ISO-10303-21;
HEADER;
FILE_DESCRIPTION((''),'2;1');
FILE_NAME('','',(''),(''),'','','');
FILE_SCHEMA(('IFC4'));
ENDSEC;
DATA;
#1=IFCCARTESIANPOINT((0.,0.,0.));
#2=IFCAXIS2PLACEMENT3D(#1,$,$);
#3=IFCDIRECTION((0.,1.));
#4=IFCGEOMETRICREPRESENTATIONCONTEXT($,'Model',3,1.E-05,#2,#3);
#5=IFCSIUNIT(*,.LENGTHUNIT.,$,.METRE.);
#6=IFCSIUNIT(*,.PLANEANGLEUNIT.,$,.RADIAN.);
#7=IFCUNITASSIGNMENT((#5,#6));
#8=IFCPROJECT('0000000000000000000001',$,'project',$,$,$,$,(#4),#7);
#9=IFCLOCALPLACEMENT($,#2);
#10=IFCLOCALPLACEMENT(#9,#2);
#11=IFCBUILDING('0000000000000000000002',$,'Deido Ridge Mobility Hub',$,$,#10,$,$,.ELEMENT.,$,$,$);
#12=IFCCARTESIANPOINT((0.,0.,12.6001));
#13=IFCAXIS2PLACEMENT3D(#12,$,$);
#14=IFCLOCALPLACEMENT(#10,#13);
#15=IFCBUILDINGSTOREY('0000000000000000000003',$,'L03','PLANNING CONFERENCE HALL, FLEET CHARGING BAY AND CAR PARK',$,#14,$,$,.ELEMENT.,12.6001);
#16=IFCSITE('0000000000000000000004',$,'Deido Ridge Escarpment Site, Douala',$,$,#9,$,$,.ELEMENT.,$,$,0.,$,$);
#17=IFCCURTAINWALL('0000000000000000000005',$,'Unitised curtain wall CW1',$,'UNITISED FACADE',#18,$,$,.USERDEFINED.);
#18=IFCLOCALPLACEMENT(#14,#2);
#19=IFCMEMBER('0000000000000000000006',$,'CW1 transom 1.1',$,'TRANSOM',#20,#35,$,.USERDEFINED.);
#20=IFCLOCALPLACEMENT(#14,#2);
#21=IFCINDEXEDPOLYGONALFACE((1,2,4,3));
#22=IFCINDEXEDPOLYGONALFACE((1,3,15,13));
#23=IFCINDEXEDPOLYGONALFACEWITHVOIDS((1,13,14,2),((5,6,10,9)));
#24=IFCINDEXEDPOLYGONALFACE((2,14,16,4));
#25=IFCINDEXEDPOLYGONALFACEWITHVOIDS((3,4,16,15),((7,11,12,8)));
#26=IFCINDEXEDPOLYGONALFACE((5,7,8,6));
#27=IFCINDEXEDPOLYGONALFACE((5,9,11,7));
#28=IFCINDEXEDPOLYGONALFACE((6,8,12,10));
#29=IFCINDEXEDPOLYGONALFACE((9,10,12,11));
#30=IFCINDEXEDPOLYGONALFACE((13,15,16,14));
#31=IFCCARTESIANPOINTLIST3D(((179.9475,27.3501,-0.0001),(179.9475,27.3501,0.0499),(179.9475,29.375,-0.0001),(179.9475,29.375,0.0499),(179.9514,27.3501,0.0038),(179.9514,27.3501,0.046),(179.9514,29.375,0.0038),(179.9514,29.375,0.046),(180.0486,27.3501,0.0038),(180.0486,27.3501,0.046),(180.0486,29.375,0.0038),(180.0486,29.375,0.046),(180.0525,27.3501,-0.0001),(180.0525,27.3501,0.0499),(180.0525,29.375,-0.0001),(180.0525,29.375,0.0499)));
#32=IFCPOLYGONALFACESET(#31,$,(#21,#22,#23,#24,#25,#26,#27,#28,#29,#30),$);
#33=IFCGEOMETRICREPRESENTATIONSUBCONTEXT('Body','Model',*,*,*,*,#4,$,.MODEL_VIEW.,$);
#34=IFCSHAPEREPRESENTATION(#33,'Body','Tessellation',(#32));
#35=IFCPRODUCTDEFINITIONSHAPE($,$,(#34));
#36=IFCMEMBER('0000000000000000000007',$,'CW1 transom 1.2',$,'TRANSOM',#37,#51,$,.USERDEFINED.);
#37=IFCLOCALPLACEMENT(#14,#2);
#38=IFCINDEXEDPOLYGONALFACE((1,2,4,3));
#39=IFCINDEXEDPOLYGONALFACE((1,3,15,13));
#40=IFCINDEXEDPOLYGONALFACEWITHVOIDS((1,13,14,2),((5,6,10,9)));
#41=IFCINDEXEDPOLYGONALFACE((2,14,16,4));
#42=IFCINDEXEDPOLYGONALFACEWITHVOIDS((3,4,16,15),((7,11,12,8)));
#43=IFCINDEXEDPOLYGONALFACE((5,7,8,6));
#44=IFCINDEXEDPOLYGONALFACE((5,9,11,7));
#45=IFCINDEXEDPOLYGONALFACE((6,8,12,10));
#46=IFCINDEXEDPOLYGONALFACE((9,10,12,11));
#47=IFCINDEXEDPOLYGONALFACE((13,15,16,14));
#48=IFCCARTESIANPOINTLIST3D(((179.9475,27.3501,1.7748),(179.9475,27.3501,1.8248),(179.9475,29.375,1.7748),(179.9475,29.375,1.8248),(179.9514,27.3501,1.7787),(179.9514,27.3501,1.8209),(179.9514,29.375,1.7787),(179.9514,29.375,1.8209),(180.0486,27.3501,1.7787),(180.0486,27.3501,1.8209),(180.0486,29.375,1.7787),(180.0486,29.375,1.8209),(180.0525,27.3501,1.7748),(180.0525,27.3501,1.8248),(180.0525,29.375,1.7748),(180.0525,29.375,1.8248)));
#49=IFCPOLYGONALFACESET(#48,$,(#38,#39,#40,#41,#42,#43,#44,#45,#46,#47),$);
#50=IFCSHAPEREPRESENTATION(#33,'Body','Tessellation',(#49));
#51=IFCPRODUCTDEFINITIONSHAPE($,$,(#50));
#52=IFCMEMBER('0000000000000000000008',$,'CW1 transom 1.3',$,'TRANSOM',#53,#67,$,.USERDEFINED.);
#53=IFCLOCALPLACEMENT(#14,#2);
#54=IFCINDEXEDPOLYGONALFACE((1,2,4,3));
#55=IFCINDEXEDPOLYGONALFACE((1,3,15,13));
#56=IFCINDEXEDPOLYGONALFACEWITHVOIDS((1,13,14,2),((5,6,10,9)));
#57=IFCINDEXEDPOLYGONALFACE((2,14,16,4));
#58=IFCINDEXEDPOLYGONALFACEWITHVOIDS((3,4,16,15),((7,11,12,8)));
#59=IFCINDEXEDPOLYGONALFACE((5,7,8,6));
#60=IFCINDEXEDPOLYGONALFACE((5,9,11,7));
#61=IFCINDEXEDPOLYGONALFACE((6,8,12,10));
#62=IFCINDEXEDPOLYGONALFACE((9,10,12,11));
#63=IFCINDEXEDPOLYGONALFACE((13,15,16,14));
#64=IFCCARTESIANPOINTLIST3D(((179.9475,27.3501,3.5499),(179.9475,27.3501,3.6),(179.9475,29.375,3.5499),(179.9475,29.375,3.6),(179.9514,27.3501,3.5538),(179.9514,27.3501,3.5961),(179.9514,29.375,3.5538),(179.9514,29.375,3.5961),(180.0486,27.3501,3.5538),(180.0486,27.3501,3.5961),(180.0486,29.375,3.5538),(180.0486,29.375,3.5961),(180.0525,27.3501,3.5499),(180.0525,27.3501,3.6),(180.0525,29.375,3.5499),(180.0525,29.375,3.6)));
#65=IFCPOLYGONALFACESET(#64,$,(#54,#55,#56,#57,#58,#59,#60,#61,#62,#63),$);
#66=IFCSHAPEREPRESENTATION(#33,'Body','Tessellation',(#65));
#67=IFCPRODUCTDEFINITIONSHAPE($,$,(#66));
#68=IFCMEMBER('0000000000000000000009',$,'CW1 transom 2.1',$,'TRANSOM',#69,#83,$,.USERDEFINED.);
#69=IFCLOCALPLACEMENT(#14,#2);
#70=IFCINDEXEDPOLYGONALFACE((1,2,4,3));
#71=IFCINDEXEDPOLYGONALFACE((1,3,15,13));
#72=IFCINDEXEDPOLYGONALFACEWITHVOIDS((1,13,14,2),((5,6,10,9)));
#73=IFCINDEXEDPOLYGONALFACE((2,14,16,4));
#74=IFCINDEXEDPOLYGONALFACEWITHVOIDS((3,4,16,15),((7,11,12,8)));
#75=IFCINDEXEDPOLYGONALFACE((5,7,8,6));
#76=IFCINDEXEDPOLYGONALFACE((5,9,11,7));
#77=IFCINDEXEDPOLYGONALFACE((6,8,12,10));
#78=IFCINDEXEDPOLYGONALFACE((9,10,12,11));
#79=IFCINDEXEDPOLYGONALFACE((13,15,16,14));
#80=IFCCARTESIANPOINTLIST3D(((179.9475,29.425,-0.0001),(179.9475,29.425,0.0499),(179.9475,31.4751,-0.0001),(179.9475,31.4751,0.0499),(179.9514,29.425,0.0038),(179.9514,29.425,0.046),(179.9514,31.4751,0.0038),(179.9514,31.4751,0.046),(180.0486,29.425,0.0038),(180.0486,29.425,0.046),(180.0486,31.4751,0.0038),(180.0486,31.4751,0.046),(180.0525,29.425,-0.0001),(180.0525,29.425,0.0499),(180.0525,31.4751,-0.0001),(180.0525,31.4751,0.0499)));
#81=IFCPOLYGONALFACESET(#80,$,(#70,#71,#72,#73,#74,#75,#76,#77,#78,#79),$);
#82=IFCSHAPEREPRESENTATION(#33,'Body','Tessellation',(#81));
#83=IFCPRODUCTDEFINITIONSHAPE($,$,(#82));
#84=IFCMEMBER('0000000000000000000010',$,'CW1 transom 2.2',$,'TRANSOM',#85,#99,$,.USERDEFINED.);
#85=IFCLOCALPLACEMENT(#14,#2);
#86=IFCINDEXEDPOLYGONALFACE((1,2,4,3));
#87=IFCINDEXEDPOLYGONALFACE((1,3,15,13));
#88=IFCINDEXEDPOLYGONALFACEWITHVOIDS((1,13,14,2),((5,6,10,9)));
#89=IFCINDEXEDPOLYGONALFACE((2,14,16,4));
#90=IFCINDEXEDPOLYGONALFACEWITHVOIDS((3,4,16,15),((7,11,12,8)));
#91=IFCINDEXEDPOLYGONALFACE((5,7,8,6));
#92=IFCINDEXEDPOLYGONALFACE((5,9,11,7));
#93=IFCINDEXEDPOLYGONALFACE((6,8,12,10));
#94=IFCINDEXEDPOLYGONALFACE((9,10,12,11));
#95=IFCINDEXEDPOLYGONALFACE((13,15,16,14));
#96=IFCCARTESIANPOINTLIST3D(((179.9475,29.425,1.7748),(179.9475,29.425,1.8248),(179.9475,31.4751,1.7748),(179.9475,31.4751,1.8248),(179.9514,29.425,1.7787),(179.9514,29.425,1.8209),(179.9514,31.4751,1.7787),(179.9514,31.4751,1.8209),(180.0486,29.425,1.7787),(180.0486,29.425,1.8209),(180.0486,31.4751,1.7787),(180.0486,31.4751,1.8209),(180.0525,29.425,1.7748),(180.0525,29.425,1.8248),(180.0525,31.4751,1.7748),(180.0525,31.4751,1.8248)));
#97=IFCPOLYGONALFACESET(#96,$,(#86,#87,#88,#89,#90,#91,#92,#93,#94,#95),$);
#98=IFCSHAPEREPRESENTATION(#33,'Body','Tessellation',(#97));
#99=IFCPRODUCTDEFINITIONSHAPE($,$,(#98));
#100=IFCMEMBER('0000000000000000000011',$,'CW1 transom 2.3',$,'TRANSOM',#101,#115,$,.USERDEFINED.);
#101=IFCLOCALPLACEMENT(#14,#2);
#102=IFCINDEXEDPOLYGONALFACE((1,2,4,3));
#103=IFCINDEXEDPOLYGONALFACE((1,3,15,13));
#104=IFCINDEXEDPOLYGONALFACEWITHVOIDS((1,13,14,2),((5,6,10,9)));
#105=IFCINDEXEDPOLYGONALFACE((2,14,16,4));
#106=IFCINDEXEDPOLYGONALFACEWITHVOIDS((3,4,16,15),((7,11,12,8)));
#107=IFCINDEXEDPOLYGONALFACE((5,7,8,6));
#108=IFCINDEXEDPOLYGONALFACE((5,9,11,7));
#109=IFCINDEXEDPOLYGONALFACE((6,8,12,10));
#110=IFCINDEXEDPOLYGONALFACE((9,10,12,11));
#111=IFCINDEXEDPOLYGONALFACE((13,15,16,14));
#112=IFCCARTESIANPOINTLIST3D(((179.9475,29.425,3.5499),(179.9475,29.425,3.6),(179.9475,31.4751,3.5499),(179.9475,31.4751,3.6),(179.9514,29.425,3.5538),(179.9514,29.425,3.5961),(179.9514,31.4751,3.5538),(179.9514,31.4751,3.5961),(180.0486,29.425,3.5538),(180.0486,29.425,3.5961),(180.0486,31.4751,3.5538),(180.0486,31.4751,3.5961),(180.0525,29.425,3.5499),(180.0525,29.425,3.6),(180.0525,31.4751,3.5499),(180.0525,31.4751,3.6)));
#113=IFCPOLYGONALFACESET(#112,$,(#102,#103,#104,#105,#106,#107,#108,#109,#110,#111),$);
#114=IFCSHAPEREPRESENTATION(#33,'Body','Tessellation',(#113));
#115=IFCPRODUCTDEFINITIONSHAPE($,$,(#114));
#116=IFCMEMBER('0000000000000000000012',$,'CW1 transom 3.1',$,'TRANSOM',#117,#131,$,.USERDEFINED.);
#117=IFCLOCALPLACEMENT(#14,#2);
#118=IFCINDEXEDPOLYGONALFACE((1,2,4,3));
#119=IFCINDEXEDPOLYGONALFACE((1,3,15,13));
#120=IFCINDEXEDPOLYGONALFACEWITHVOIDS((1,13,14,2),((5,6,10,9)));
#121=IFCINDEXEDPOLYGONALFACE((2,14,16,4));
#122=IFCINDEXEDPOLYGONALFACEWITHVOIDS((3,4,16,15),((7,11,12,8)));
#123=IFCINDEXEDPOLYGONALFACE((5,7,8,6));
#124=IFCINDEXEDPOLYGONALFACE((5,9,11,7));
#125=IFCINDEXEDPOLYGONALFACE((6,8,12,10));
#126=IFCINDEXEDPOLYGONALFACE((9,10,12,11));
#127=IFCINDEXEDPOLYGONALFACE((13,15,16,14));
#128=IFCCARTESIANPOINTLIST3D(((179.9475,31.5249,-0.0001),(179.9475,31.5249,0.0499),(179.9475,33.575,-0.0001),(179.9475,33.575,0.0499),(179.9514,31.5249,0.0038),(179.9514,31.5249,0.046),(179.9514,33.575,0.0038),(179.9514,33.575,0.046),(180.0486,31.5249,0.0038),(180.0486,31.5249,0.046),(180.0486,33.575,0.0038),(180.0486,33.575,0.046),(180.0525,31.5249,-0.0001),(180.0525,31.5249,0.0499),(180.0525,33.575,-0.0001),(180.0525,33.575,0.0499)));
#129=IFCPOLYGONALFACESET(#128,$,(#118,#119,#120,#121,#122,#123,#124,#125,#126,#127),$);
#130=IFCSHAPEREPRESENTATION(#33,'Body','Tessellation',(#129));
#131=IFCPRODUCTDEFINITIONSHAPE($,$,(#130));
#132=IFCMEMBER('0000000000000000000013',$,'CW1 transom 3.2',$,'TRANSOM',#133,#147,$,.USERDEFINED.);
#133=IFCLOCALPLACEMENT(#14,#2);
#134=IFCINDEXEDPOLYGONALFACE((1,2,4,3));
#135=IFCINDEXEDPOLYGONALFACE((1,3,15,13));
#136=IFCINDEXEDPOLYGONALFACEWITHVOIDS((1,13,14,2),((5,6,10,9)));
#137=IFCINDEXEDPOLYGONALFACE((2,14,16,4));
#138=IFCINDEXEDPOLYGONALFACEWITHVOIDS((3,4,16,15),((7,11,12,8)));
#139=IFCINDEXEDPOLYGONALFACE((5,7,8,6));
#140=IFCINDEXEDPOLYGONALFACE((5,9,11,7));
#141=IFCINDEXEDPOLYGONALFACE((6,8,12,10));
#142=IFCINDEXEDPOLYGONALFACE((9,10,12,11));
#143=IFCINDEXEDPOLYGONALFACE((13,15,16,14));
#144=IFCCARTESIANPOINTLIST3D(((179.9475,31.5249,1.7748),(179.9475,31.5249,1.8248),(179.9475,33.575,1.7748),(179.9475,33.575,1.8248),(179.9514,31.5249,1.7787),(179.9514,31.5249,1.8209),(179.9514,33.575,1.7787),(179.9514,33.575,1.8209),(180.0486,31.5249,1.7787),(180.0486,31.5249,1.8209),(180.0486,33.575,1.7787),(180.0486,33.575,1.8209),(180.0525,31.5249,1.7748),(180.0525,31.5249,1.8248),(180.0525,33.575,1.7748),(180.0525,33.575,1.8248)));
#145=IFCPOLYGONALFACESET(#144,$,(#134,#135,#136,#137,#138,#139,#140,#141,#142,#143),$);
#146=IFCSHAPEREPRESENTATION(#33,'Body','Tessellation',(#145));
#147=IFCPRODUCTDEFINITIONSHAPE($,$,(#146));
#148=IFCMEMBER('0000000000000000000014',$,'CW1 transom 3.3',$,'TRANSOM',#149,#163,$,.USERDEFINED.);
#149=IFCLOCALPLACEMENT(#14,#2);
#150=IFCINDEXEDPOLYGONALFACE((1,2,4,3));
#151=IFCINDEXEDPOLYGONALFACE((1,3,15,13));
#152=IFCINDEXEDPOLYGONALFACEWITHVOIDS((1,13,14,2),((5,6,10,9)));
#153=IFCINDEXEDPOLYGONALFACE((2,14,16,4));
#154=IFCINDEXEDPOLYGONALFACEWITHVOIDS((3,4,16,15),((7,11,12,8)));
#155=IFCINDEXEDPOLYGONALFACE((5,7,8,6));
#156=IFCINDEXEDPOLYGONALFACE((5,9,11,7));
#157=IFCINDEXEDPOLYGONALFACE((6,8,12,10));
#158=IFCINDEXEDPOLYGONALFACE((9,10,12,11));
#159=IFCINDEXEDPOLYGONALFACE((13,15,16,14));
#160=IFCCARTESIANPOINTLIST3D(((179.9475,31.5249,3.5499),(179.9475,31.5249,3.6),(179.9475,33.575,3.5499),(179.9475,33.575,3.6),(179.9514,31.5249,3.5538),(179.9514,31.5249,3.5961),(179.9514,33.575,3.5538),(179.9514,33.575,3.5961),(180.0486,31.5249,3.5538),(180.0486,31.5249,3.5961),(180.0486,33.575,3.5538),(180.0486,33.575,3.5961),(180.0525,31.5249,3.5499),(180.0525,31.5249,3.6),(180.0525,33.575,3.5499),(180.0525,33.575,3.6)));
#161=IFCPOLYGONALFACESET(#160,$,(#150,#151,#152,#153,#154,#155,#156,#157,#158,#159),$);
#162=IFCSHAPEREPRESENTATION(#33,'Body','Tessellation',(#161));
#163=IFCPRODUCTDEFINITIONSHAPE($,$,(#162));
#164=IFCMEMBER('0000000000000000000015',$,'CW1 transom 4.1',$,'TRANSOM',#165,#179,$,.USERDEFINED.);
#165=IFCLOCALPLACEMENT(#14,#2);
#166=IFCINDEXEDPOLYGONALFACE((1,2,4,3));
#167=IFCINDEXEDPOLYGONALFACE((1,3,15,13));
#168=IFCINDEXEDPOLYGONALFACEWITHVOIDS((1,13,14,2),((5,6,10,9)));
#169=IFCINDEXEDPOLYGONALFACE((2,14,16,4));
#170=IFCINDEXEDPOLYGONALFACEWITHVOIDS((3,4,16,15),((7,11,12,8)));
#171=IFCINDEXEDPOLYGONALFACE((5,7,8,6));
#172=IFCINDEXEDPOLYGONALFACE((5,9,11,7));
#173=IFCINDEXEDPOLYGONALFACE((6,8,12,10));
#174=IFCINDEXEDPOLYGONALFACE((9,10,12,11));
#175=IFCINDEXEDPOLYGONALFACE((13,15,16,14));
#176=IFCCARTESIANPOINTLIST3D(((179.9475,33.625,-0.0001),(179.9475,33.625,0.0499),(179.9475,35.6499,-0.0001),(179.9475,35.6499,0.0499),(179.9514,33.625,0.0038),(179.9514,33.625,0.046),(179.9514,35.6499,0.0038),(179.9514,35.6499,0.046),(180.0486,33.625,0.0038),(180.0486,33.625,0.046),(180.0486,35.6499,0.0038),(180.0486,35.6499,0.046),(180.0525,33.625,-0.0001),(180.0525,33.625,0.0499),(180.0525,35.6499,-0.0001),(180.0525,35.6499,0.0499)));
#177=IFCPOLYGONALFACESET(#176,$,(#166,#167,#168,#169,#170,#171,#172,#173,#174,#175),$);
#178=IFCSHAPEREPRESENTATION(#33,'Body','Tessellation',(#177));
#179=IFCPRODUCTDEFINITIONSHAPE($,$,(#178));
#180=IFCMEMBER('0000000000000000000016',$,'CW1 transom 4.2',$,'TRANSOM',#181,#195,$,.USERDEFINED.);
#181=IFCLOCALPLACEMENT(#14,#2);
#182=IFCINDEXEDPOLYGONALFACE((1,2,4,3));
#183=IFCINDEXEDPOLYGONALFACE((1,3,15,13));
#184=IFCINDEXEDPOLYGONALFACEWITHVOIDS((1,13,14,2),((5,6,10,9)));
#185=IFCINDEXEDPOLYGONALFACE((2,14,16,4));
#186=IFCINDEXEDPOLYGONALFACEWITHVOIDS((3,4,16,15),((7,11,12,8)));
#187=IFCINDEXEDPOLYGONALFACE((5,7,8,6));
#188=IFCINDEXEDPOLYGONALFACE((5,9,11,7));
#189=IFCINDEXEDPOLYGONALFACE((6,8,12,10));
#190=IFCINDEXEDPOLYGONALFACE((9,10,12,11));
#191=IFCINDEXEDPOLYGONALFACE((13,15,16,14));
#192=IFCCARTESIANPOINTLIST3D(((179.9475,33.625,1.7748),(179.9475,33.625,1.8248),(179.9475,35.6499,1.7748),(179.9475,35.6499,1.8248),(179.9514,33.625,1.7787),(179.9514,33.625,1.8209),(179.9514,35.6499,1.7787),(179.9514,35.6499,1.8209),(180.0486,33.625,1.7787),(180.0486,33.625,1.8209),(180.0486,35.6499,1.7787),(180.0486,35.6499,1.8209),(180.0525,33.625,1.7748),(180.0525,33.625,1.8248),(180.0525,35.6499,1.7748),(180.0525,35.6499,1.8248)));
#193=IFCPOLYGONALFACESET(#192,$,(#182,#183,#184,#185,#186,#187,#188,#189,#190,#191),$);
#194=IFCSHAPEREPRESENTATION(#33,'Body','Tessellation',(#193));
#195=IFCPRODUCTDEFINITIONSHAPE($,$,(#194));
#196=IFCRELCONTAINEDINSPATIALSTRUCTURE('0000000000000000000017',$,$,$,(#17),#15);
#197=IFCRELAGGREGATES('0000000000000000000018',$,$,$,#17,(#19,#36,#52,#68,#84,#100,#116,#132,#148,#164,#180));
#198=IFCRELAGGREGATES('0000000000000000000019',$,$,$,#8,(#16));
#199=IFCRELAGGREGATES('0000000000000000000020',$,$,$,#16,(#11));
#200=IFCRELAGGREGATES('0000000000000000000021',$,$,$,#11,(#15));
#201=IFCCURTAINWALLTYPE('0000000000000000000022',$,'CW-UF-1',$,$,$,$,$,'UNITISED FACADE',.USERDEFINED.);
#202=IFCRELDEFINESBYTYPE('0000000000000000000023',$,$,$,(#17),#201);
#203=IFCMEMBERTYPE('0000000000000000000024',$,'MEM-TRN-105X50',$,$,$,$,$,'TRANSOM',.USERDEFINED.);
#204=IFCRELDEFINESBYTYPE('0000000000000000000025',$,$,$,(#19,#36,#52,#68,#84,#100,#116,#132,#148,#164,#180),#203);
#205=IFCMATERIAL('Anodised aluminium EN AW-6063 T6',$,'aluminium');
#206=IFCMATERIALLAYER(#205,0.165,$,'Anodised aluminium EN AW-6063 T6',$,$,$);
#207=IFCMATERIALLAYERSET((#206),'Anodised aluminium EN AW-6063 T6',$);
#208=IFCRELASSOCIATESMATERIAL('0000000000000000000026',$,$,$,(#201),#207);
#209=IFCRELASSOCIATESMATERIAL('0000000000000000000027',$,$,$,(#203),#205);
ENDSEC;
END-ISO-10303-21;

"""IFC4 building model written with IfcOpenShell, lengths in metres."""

from ifc_helpers import new_model, si_unit, direction, frame, origin, origin_2d, place, context, subcontext, project, spatial, hollow_rectangle, extrude, material, layer, layer_set, material_profile, profile_set, type_object, element, aggregate, save


model = new_model("IFC4")

# Units and contexts
model_context = context("Model", 3, precision=1e-05, world=origin(), true_north=direction((0.0, 1.0)))
body_context = subcontext(model_context, "Body", "Model", "MODEL_VIEW")
ifc_project = project(units=[si_unit("LENGTHUNIT", "METRE"), si_unit("PLANEANGLEUNIT", "RADIAN")], contexts=[model_context])

# Site, building, storey
site_placement = place(None, origin())
site = spatial("IfcSite", under=ifc_project, at=site_placement, Name="Deido Ridge Escarpment Site, Douala", CompositionType="ELEMENT", RefElevation=0.0)
building_placement = place(site_placement, origin())
building = spatial("IfcBuilding", under=site, at=building_placement, Name="Deido Ridge Mobility Hub", CompositionType="ELEMENT")
storey_placement = place(building_placement, frame((0.0, 0.0, 12.6001)))
storey = spatial("IfcBuildingStorey", under=building, at=storey_placement, Name="L03", Description="PLANNING CONFERENCE HALL, FLEET CHARGING BAY AND CAR PARK", CompositionType="ELEMENT", Elevation=12.6001)

# Curtain wall
ifc_material_1 = material(Name="Anodised aluminium EN AW-6063 T6", Category="aluminium")
ifc_layer_1 = layer(ifc_material_1, 0.165, Name="Anodised aluminium EN AW-6063 T6")
ifc_layer_set_1 = layer_set([ifc_layer_1], Name="Anodised aluminium EN AW-6063 T6")
curtain_wall_type = type_object("IfcCurtainWallType", Name="CW-UF-1", ElementType="UNITISED FACADE", PredefinedType="USERDEFINED", material=ifc_layer_set_1)
curtain_wall_placement = place(storey_placement, origin())
curtain_wall = element("IfcCurtainWall", 1, at=curtain_wall_placement, inside=storey, type_object=curtain_wall_type, Name="Unitised curtain wall CW1", ObjectType="UNITISED FACADE", PredefinedType="USERDEFINED")

# Members
ifc_material_profile_1 = material_profile(ifc_material_1, hollow_rectangle(XDim=0.105, YDim=0.05, WallThickness=0.0039, at=origin_2d()), Name="RHS 105x50x4")
ifc_profile_set_1 = profile_set([ifc_material_profile_1], Name="Anodised aluminium EN AW-6063 T6")
member_type_1 = type_object("IfcMemberType", Name="MEM-TRN-105X50", ElementType="TRANSOM", PredefinedType="USERDEFINED", material=ifc_profile_set_1)
member_1_placement = place(storey_placement, frame((180.0, 27.3501, 0.0249), z_axis=(0.0, 1.0, 0.0), x_axis=(-1.0, 0.0, 0.0)))
member_1 = element("IfcMember", 2, at=member_1_placement, type_object=member_type_1, Name="CW1 transom 1.1", ObjectType="TRANSOM", PredefinedType="USERDEFINED", context=body_context, shape_type="SweptSolid", body=[
    extrude(hollow_rectangle(XDim=0.105, YDim=0.05, WallThickness=0.0039, at=origin_2d()), origin(), (0.0, 0.0, 1.0), 2.0249),
])
member_2_placement = place(storey_placement, frame((180.0, 27.3501, 1.7998), z_axis=(0.0, 1.0, 0.0), x_axis=(-1.0, 0.0, 0.0)))
member_2 = element("IfcMember", 3, at=member_2_placement, type_object=member_type_1, Name="CW1 transom 1.2", ObjectType="TRANSOM", PredefinedType="USERDEFINED", context=body_context, shape_type="SweptSolid", body=[
    extrude(hollow_rectangle(XDim=0.105, YDim=0.05, WallThickness=0.0039, at=origin_2d()), origin(), (0.0, 0.0, 1.0), 2.0249),
])
member_3_placement = place(storey_placement, frame((180.0, 27.3501, 3.575), z_axis=(0.0, 1.0, 0.0), x_axis=(-1.0, 0.0, 0.0)))
member_3 = element("IfcMember", 4, at=member_3_placement, type_object=member_type_1, Name="CW1 transom 1.3", ObjectType="TRANSOM", PredefinedType="USERDEFINED", context=body_context, shape_type="SweptSolid", body=[
    extrude(hollow_rectangle(XDim=0.105, YDim=0.05, WallThickness=0.0039, at=origin_2d()), origin(), (0.0, 0.0, 1.0), 2.0249),
])
member_4_placement = place(storey_placement, frame((180.0, 29.425, 0.0249), z_axis=(0.0, 1.0, 0.0), x_axis=(-1.0, 0.0, 0.0)))
member_4 = element("IfcMember", 5, at=member_4_placement, type_object=member_type_1, Name="CW1 transom 2.1", ObjectType="TRANSOM", PredefinedType="USERDEFINED", context=body_context, shape_type="SweptSolid", body=[
    extrude(hollow_rectangle(XDim=0.105, YDim=0.05, WallThickness=0.0039, at=origin_2d()), origin(), (0.0, 0.0, 1.0), 2.05),
])
member_5_placement = place(storey_placement, frame((180.0, 29.425, 1.7998), z_axis=(0.0, 1.0, 0.0), x_axis=(-1.0, 0.0, 0.0)))
member_5 = element("IfcMember", 6, at=member_5_placement, type_object=member_type_1, Name="CW1 transom 2.2", ObjectType="TRANSOM", PredefinedType="USERDEFINED", context=body_context, shape_type="SweptSolid", body=[
    extrude(hollow_rectangle(XDim=0.105, YDim=0.05, WallThickness=0.0039, at=origin_2d()), origin(), (0.0, 0.0, 1.0), 2.05),
])
member_6_placement = place(storey_placement, frame((180.0, 29.425, 3.575), z_axis=(0.0, 1.0, 0.0), x_axis=(-1.0, 0.0, 0.0)))
member_6 = element("IfcMember", 7, at=member_6_placement, type_object=member_type_1, Name="CW1 transom 2.3", ObjectType="TRANSOM", PredefinedType="USERDEFINED", context=body_context, shape_type="SweptSolid", body=[
    extrude(hollow_rectangle(XDim=0.105, YDim=0.05, WallThickness=0.0039, at=origin_2d()), origin(), (0.0, 0.0, 1.0), 2.05),
])
member_7_placement = place(storey_placement, frame((180.0, 31.5249, 0.0249), z_axis=(0.0, 1.0, 0.0), x_axis=(-1.0, 0.0, 0.0)))
member_7 = element("IfcMember", 8, at=member_7_placement, type_object=member_type_1, Name="CW1 transom 3.1", ObjectType="TRANSOM", PredefinedType="USERDEFINED", context=body_context, shape_type="SweptSolid", body=[
    extrude(hollow_rectangle(XDim=0.105, YDim=0.05, WallThickness=0.0039, at=origin_2d()), origin(), (0.0, 0.0, 1.0), 2.05),
])
member_8_placement = place(storey_placement, frame((180.0, 31.5249, 1.7998), z_axis=(0.0, 1.0, 0.0), x_axis=(-1.0, 0.0, 0.0)))
member_8 = element("IfcMember", 9, at=member_8_placement, type_object=member_type_1, Name="CW1 transom 3.2", ObjectType="TRANSOM", PredefinedType="USERDEFINED", context=body_context, shape_type="SweptSolid", body=[
    extrude(hollow_rectangle(XDim=0.105, YDim=0.05, WallThickness=0.0039, at=origin_2d()), origin(), (0.0, 0.0, 1.0), 2.05),
])
member_9_placement = place(storey_placement, frame((180.0, 31.5249, 3.575), z_axis=(0.0, 1.0, 0.0), x_axis=(-1.0, 0.0, 0.0)))
member_9 = element("IfcMember", 10, at=member_9_placement, type_object=member_type_1, Name="CW1 transom 3.3", ObjectType="TRANSOM", PredefinedType="USERDEFINED", context=body_context, shape_type="SweptSolid", body=[
    extrude(hollow_rectangle(XDim=0.105, YDim=0.05, WallThickness=0.0039, at=origin_2d()), origin(), (0.0, 0.0, 1.0), 2.05),
])
member_10_placement = place(storey_placement, frame((180.0, 33.625, 0.0249), z_axis=(0.0, 1.0, 0.0), x_axis=(-1.0, 0.0, 0.0)))
member_10 = element("IfcMember", 11, at=member_10_placement, type_object=member_type_1, Name="CW1 transom 4.1", ObjectType="TRANSOM", PredefinedType="USERDEFINED", context=body_context, shape_type="SweptSolid", body=[
    extrude(hollow_rectangle(XDim=0.105, YDim=0.05, WallThickness=0.0039, at=origin_2d()), origin(), (0.0, 0.0, 1.0), 2.0249),
])
member_11_placement = place(storey_placement, frame((180.0, 33.625, 1.7998), z_axis=(0.0, 1.0, 0.0), x_axis=(-1.0, 0.0, 0.0)))
member_11 = element("IfcMember", 12, at=member_11_placement, type_object=member_type_1, Name="CW1 transom 4.2", ObjectType="TRANSOM", PredefinedType="USERDEFINED", context=body_context, shape_type="SweptSolid", body=[
    extrude(hollow_rectangle(XDim=0.105, YDim=0.05, WallThickness=0.0039, at=origin_2d()), origin(), (0.0, 0.0, 1.0), 2.0249),
])

aggregate(curtain_wall, [member_1, member_2, member_3, member_4, member_5, member_6, member_7, member_8, member_9, member_10, member_11])

save(model, "model.ifc")
